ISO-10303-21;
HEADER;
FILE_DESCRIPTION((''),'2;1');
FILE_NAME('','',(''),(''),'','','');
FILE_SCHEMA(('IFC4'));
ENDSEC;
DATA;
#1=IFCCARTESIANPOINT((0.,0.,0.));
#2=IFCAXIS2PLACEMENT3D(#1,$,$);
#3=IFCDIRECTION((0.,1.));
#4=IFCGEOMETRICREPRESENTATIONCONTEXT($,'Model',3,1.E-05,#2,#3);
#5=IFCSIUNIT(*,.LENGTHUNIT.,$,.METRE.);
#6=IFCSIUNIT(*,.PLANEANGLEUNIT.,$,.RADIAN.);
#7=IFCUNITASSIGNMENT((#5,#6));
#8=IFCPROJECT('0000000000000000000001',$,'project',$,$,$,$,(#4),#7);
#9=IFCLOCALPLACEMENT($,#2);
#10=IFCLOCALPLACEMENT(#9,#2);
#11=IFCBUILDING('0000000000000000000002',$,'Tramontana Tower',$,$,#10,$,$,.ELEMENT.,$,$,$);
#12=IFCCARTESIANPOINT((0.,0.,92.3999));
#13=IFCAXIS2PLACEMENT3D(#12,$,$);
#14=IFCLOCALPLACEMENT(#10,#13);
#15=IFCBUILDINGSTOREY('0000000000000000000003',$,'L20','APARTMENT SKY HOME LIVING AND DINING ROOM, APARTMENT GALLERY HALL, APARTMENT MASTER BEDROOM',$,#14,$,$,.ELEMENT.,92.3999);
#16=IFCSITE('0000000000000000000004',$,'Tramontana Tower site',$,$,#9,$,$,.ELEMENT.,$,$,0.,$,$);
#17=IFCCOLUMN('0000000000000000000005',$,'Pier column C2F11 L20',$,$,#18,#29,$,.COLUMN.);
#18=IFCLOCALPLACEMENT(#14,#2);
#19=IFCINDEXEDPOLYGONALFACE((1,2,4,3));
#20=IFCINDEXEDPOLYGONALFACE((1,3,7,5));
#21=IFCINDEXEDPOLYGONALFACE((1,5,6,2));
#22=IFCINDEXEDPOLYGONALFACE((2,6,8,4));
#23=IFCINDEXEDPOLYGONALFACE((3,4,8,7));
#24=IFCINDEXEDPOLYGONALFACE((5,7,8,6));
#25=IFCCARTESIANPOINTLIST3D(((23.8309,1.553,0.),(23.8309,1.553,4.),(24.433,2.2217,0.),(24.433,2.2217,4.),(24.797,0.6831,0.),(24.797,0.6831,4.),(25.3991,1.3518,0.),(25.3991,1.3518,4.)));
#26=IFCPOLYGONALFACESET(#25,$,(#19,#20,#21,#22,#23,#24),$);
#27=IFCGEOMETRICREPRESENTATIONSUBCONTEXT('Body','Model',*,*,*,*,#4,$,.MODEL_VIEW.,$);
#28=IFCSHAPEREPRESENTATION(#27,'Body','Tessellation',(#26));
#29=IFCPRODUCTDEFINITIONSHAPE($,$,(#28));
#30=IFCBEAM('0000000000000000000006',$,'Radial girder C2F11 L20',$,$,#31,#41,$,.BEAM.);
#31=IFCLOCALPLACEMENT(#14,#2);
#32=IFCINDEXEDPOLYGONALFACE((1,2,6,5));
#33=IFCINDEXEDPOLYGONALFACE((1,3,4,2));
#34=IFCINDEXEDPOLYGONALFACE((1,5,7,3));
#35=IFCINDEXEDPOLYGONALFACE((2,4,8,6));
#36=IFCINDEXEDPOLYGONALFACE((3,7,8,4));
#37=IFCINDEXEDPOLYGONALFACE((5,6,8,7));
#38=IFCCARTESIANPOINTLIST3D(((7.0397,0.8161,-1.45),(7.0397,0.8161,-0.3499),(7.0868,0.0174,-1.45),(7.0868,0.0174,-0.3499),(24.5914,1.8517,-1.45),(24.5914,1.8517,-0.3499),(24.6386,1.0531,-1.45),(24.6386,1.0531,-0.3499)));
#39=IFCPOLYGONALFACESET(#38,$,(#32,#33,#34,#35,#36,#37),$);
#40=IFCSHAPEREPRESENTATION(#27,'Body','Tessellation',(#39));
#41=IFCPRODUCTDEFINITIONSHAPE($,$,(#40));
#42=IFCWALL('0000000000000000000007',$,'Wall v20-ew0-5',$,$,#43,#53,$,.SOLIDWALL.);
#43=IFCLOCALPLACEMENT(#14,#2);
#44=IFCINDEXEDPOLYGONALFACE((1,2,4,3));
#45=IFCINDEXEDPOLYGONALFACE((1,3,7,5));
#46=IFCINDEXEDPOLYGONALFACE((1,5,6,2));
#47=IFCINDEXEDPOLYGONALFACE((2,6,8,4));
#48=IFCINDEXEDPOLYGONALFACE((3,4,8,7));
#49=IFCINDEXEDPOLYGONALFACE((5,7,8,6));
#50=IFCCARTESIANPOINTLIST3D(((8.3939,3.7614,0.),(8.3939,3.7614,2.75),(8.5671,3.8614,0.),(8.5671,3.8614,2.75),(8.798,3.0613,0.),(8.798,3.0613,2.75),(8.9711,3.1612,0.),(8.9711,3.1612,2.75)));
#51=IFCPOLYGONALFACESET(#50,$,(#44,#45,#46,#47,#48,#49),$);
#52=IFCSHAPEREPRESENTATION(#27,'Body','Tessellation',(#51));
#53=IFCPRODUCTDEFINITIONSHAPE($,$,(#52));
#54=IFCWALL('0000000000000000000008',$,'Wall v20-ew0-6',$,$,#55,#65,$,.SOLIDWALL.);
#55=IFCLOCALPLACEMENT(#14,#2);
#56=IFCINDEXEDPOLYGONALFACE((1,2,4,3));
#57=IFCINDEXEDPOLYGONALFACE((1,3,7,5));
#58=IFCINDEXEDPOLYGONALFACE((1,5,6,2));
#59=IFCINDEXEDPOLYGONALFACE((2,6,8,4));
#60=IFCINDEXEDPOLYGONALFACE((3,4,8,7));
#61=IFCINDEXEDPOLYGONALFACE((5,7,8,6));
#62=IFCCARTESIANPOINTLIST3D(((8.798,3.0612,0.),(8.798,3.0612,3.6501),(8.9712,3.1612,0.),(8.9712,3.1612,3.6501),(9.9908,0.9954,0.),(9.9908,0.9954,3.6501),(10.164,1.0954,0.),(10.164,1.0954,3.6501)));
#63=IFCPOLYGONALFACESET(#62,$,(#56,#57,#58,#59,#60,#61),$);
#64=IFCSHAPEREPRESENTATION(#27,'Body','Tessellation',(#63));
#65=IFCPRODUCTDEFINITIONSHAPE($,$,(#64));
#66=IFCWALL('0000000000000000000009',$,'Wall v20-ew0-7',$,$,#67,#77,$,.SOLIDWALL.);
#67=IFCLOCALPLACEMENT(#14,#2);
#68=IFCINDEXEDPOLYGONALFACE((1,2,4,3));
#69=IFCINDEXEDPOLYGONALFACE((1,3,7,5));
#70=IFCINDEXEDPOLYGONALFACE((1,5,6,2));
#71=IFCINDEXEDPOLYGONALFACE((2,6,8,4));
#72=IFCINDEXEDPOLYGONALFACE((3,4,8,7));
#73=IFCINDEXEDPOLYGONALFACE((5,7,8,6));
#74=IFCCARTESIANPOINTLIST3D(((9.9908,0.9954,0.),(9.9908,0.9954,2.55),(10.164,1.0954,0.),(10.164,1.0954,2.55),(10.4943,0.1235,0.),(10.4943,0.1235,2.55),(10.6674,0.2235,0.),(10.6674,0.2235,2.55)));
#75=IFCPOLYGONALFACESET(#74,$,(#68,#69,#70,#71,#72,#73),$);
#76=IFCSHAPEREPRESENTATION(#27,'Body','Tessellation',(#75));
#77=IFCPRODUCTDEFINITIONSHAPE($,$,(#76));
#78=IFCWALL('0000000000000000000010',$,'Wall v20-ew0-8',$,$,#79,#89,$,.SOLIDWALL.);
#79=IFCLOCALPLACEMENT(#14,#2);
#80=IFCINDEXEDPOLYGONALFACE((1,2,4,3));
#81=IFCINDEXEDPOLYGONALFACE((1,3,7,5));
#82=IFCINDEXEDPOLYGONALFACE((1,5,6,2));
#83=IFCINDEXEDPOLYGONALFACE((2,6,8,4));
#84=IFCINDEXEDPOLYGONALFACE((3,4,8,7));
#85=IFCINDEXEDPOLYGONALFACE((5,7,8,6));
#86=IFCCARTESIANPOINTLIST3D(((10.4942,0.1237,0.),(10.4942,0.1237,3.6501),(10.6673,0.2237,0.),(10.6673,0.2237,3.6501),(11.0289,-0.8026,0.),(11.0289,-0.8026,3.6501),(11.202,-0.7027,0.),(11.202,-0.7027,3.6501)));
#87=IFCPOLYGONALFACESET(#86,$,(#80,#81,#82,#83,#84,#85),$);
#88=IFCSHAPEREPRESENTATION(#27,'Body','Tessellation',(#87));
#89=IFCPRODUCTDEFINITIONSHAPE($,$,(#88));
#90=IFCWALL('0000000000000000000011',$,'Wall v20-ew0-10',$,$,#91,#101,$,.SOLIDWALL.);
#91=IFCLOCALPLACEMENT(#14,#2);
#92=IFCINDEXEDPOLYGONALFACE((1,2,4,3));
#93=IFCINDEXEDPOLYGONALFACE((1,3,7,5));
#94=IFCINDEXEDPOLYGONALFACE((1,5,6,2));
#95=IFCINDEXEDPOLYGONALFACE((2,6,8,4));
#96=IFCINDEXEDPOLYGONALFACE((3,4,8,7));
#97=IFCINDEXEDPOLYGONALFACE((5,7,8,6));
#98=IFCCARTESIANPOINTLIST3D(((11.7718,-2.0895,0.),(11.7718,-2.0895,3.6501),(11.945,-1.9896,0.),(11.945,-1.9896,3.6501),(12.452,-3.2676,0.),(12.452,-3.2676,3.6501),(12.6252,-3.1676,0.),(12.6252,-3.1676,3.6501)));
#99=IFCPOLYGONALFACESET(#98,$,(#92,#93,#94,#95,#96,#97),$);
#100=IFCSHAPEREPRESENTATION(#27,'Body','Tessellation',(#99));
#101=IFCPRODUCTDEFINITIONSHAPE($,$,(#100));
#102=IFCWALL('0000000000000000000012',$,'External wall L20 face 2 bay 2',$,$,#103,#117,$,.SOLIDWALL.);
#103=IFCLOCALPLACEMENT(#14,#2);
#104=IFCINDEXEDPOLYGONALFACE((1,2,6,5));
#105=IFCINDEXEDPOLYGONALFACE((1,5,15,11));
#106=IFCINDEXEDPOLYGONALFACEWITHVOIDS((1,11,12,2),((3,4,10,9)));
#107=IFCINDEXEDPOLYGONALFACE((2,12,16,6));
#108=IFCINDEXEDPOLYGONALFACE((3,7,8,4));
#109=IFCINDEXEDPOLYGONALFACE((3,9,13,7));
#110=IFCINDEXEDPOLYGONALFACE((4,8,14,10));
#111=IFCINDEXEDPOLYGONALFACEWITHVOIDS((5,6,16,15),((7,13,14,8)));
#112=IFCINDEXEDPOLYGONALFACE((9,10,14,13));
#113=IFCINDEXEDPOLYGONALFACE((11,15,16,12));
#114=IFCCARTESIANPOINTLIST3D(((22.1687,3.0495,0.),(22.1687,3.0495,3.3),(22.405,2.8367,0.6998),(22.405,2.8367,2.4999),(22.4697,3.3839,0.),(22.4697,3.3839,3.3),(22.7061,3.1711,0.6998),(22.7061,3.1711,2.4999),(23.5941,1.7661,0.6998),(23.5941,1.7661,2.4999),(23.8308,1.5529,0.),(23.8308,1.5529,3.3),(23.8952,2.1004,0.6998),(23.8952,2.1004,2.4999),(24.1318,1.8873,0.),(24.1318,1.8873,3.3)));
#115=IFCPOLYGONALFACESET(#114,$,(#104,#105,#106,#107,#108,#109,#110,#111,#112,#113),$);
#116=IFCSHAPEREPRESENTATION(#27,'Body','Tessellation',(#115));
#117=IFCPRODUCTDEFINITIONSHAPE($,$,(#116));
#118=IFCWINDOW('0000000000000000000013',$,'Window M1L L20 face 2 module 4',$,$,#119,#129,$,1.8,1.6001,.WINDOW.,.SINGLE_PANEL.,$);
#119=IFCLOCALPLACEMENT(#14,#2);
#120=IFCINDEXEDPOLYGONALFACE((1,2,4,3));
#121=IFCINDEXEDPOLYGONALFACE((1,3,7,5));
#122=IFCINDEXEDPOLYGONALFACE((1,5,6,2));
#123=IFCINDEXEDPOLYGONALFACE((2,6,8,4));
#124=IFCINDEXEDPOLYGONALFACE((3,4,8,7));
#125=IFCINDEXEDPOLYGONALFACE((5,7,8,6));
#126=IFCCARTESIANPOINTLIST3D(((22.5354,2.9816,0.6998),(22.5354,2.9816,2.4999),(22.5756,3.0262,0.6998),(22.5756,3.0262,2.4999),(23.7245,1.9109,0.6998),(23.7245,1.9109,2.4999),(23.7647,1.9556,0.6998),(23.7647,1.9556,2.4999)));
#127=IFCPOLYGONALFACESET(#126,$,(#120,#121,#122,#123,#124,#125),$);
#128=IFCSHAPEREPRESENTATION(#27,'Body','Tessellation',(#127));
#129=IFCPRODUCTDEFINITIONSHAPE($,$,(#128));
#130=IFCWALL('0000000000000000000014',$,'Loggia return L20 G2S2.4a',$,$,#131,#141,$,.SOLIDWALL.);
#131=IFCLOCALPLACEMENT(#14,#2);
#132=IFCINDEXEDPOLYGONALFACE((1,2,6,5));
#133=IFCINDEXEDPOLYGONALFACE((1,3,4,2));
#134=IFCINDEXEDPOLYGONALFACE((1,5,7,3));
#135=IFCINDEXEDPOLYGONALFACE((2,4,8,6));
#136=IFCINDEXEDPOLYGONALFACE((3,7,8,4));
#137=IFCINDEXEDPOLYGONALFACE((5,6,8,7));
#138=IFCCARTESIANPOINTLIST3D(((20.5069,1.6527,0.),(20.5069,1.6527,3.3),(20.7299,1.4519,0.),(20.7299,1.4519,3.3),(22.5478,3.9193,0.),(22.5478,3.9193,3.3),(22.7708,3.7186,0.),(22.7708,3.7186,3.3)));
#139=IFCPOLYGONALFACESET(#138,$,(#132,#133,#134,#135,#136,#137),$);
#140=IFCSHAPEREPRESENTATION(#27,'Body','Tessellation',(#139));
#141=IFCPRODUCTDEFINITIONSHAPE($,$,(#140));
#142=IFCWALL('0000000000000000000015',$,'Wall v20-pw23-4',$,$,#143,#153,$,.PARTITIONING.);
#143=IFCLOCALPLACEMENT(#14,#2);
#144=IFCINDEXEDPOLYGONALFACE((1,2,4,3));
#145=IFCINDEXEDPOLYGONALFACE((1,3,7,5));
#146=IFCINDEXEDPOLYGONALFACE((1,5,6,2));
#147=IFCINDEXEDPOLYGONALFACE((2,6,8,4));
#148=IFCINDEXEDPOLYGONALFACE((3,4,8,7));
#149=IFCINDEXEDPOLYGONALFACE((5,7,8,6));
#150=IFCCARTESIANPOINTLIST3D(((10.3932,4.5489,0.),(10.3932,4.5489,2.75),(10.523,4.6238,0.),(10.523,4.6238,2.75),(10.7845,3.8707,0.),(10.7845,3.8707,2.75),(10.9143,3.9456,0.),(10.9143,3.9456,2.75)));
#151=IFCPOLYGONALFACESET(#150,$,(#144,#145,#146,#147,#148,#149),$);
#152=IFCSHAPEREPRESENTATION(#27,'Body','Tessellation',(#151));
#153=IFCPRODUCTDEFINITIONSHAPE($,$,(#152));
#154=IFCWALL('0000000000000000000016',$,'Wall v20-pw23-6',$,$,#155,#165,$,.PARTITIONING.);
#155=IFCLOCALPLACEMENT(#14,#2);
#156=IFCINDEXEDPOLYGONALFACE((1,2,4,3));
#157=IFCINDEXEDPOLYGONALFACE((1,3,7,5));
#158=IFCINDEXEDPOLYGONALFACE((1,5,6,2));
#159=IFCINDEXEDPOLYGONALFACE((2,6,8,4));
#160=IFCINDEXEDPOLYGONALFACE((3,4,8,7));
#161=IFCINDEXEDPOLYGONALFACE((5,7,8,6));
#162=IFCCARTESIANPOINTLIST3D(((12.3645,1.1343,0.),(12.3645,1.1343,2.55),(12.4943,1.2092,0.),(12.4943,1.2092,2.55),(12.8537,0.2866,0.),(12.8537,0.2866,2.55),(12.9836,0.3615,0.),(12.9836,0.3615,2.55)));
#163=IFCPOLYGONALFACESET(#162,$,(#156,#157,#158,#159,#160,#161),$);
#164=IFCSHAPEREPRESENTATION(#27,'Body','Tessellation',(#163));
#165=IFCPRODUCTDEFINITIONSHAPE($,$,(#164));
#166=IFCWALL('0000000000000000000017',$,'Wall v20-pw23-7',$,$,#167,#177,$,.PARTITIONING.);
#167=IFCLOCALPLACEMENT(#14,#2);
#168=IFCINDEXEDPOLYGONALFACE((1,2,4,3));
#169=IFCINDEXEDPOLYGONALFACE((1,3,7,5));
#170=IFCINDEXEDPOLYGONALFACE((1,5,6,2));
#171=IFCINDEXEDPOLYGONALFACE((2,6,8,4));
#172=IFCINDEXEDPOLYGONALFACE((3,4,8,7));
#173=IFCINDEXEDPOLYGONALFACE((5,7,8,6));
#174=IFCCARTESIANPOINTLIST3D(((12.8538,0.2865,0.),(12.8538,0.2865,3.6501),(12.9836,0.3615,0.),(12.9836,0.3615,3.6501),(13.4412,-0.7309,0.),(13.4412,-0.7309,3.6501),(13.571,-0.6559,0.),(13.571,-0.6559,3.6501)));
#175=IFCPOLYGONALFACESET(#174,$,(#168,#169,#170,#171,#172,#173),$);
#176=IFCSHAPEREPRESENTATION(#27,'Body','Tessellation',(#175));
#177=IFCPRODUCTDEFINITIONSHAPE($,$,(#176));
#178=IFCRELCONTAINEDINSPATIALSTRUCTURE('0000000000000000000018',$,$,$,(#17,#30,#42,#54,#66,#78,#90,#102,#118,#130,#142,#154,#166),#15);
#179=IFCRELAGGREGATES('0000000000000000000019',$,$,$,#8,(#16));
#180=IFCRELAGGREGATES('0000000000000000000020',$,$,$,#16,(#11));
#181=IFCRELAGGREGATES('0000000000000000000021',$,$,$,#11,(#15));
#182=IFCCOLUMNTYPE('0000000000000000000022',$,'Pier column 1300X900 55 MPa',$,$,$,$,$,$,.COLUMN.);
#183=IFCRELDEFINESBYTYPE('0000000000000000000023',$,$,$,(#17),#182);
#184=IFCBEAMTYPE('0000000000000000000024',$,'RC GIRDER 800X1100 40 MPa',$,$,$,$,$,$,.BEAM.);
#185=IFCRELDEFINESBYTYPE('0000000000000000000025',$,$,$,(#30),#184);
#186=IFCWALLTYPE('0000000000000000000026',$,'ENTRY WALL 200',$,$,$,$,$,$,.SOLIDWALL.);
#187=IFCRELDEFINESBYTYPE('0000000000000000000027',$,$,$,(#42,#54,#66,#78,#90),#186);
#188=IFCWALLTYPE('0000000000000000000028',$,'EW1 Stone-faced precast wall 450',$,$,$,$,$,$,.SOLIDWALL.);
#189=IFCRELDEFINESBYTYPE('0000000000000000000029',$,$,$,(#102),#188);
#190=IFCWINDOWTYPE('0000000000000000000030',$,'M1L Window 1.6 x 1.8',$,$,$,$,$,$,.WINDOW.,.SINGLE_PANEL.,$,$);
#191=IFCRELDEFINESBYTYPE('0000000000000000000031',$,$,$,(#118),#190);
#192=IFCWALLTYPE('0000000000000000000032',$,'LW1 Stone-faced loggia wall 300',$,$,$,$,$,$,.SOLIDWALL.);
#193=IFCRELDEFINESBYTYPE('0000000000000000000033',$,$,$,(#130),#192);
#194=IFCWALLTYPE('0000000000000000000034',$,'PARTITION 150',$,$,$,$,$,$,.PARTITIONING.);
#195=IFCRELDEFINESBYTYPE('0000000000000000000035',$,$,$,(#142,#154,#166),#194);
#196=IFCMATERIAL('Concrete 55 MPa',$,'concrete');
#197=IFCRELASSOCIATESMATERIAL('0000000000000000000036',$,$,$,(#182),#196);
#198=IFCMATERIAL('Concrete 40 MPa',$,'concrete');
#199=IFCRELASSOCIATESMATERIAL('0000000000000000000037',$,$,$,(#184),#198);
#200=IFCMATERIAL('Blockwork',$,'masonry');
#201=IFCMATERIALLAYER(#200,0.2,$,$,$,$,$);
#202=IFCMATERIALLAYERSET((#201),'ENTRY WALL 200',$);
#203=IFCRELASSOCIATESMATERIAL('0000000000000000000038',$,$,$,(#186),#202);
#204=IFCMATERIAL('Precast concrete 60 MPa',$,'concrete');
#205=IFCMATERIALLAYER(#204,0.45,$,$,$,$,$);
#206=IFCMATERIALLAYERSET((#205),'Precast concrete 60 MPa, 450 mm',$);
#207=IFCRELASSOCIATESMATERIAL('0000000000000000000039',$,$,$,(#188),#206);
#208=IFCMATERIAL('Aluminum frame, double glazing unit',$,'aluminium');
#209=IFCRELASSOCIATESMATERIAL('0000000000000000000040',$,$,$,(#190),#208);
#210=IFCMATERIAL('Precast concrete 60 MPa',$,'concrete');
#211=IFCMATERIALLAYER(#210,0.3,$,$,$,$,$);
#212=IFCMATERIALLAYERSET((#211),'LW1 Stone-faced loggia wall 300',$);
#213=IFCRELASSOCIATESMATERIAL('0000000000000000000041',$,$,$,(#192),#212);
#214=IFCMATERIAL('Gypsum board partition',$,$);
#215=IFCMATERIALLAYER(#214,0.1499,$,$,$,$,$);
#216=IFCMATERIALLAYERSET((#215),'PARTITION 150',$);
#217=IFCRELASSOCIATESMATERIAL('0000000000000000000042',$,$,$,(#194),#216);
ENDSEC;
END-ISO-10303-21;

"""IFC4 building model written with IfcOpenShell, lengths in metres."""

from ifc_helpers import new_model, si_unit, direction, frame, frame_2d, origin, origin_2d, place, context, subcontext, project, spatial, rectangle, extrude, material, layer, layer_set, material_profile, profile_set, type_object, element, fill, save


model = new_model("IFC4")

# Units and contexts
model_context = context("Model", 3, precision=1e-05, world=origin(), true_north=direction((0.0, 1.0)))
body_context = subcontext(model_context, "Body", "Model", "MODEL_VIEW")
ifc_project = project(units=[si_unit("LENGTHUNIT", "METRE"), si_unit("PLANEANGLEUNIT", "RADIAN")], contexts=[model_context])

# Site, building, storey
site_placement = place(None, origin())
site = spatial("IfcSite", under=ifc_project, at=site_placement, Name="Tramontana Tower site", CompositionType="ELEMENT", RefElevation=0.0)
building_placement = place(site_placement, origin())
building = spatial("IfcBuilding", under=site, at=building_placement, Name="Tramontana Tower", CompositionType="ELEMENT")
storey_placement = place(building_placement, frame((0.0, 0.0, 92.3999)))
storey = spatial("IfcBuildingStorey", under=building, at=storey_placement, Name="L20", Description="APARTMENT SKY HOME LIVING AND DINING ROOM, APARTMENT GALLERY HALL, APARTMENT MASTER BEDROOM", CompositionType="ELEMENT", Elevation=92.3999)

# Column
ifc_material_1 = material(Name="Concrete 55 MPa", Category="concrete")
ifc_material_profile_1 = material_profile(ifc_material_1, rectangle(XDim=1.3, YDim=0.8999, at=origin_2d()), Name="Pier column 1300X900 55 MPa")
ifc_profile_set_1 = profile_set([ifc_material_profile_1], Name="Concrete 55 MPa")
column_type = type_object("IfcColumnType", Name="Pier column 1300X900 55 MPa", PredefinedType="COLUMN", material=ifc_profile_set_1)
column_placement = place(storey_placement, frame((24.615, 1.4524, 0.0), z_axis=(0.0, 0.0, 1.0), x_axis=(-0.743145, 0.669131, 0.0)))
element("IfcColumn", 1, at=column_placement, inside=storey, type_object=column_type, Name="Pier column C2F11 L20", PredefinedType="COLUMN", context=body_context, shape_type="SweptSolid", body=[
    extrude(rectangle(XDim=1.3, YDim=0.8999, at=origin_2d()), origin(), (0.0, 0.0, 1.0), 4.0),
])

# Beam
ifc_material_2 = material(Name="Concrete 40 MPa", Category="concrete")
ifc_material_profile_2 = material_profile(ifc_material_2, rectangle(XDim=0.8, YDim=1.1001, at=origin_2d()), Name="RC GIRDER 800X1100 40 MPa")
ifc_profile_set_2 = profile_set([ifc_material_profile_2], Name="Concrete 40 MPa")
beam_type = type_object("IfcBeamType", Name="RC GIRDER 800X1100 40 MPa", PredefinedType="BEAM", material=ifc_profile_set_2)
beam_placement = place(storey_placement, frame((24.615, 1.4524, -0.8999), z_axis=(-0.998264, -0.058903, 0.0), x_axis=(0.058903, -0.998264, 0.0)))
element("IfcBeam", 2, at=beam_placement, inside=storey, type_object=beam_type, Name="Radial girder C2F11 L20", PredefinedType="BEAM", context=body_context, shape_type="SweptSolid", body=[
    extrude(rectangle(XDim=0.8, YDim=1.1001, at=origin_2d()), origin(), (0.0, 0.0, 1.0), 17.5823),
])

# Walls
ifc_material_3 = material(Name="Blockwork", Category="masonry")
ifc_layer_1 = layer(ifc_material_3, 0.2)
ifc_layer_set_1 = layer_set([ifc_layer_1], Name="ENTRY WALL 200")
wall_type_1 = type_object("IfcWallType", Name="ENTRY WALL 200", PredefinedType="SOLIDWALL", material=ifc_layer_set_1)
wall_1_placement = place(storey_placement, frame((8.4805, 3.8115, 0.0), z_axis=(0.0, 0.0, 1.0), x_axis=(0.49981, -0.866135, 0.0)))
element("IfcWall", 3, at=wall_1_placement, inside=storey, type_object=wall_type_1, Name="Wall v20-ew0-5", PredefinedType="SOLIDWALL", context=body_context, shape_type="SweptSolid", body=[
    extrude(rectangle(XDim=0.8083, YDim=0.2, at=frame_2d((0.4043, 0.0))), origin(), (0.0, 0.0, 1.0), 2.75),
])
wall_2_placement = place(storey_placement, frame((8.8845, 3.1113, 0.0), z_axis=(0.0, 0.0, 1.0), x_axis=(0.500035, -0.866005, 0.0)))
element("IfcWall", 4, at=wall_2_placement, inside=storey, type_object=wall_type_1, Name="Wall v20-ew0-6", PredefinedType="SOLIDWALL", context=body_context, shape_type="SweptSolid", body=[
    extrude(rectangle(XDim=2.3855, YDim=0.2, at=frame_2d((1.1929, 0.0))), origin(), (0.0, 0.0, 1.0), 3.6501),
])
wall_3_placement = place(storey_placement, frame((10.0774, 1.0454, 0.0), z_axis=(0.0, 0.0, 1.0), x_axis=(0.500051, -0.865996, 0.0)))
element("IfcWall", 5, at=wall_3_placement, inside=storey, type_object=wall_type_1, Name="Wall v20-ew0-7", PredefinedType="SOLIDWALL", context=body_context, shape_type="SweptSolid", body=[
    extrude(rectangle(XDim=1.0068, YDim=0.2, at=frame_2d((0.5034, 0.0))), origin(), (0.0, 0.0, 1.0), 2.55),
])
wall_4_placement = place(storey_placement, frame((10.5808, 0.1736, 0.0), z_axis=(0.0, 0.0, 1.0), x_axis=(0.49992, -0.866072, 0.0)))
element("IfcWall", 6, at=wall_4_placement, inside=storey, type_object=wall_type_1, Name="Wall v20-ew0-8", PredefinedType="SOLIDWALL", context=body_context, shape_type="SweptSolid", body=[
    extrude(rectangle(XDim=1.0696, YDim=0.2, at=frame_2d((0.5347, 0.0))), origin(), (0.0, 0.0, 1.0), 3.6501),
])

# Wall
wall_5_placement = place(storey_placement, frame((11.8584, -2.0396, 0.0), z_axis=(0.0, 0.0, 1.0), x_axis=(0.500038, -0.866003, 0.0)))
element("IfcWall", 7, at=wall_5_placement, inside=storey, type_object=wall_type_1, Name="Wall v20-ew0-10", PredefinedType="SOLIDWALL", context=body_context, shape_type="SweptSolid", body=[
    extrude(rectangle(XDim=1.3604, YDim=0.2, at=frame_2d((0.6802, 0.0))), origin(), (0.0, 0.0, 1.0), 3.6501),
])

# Wall, opening, window
ifc_material_4 = material(Name="Precast concrete 60 MPa", Category="concrete")
ifc_layer_2 = layer(ifc_material_4, 0.45)
ifc_layer_set_2 = layer_set([ifc_layer_2], Name="Precast concrete 60 MPa, 450 mm")
wall_type_2 = type_object("IfcWallType", Name="EW1 Stone-faced precast wall 450", PredefinedType="SOLIDWALL", material=ifc_layer_set_2)
wall_6_placement = place(storey_placement, frame((23.9812, 1.7202, 0.0), z_axis=(0.0, 0.0, 1.0), x_axis=(-0.743142, 0.669134, 0.0)))
wall_6 = element("IfcWall", 8, at=wall_6_placement, inside=storey, type_object=wall_type_2, Name="External wall L20 face 2 bay 2", PredefinedType="SOLIDWALL", context=body_context, shape_type="SweptSolid", body=[
    extrude(rectangle(XDim=2.2366, YDim=0.45, at=frame_2d((1.1182, 0.0))), origin(), (0.0, 0.0, 1.0), 3.3),
])
opening_1_placement = place(wall_6_placement, frame((0.3184, 0.0, 0.7)))
opening_1 = element("IfcOpeningElement", 9, at=opening_1_placement, cuts=wall_6, PredefinedType="OPENING", context=body_context, shape_type="SweptSolid", body=[
    extrude(rectangle(XDim=1.6001, YDim=1.8, at=frame_2d((0.8, 0.8999))), frame((0.0, 0.2349, 0.0), z_axis=(0.0, -1.0, 0.0), x_axis=(1.0, 0.0, 0.0)), (0.0, 0.0, 1.0), 0.47),
])
ifc_material_5 = material(Name="Aluminum frame, double glazing unit", Category="aluminium")
window_type = type_object("IfcWindowType", Name="M1L Window 1.6 x 1.8", PartitioningType="SINGLE_PANEL", PredefinedType="WINDOW", material=ifc_material_5)
window_placement = place(opening_1_placement, origin())
window = element("IfcWindow", 10, at=window_placement, inside=storey, type_object=window_type, Name="Window M1L L20 face 2 module 4", OverallHeight=1.8, OverallWidth=1.6001, PartitioningType="SINGLE_PANEL", PredefinedType="WINDOW", context=body_context, shape_type="SweptSolid", body=[
    extrude(rectangle(XDim=1.6001, YDim=1.8, at=frame_2d((0.8, 0.8999))), frame((0.0, 0.03, 0.0), z_axis=(0.0, -1.0, 0.0), x_axis=(1.0, 0.0, 0.0)), (0.0, 0.0, 1.0), 0.0601),
])
fill(opening_1, window)

# Shared definitions
ifc_material_6 = material(Name="Precast concrete 60 MPa", Category="concrete")
ifc_layer_3 = layer(ifc_material_6, 0.3)
ifc_layer_set_3 = layer_set([ifc_layer_3], Name="LW1 Stone-faced loggia wall 300")
wall_type_3 = type_object("IfcWallType", Name="LW1 Stone-faced loggia wall 300", PredefinedType="SOLIDWALL", material=ifc_layer_set_3)

# Walls
wall_7_placement = place(storey_placement, frame((22.6592, 3.8188, 0.0), z_axis=(0.0, 0.0, 1.0), x_axis=(-0.669115, -0.743159, 0.0)))
element("IfcWall", 11, at=wall_7_placement, inside=storey, type_object=wall_type_3, Name="Loggia return L20 G2S2.4a", PredefinedType="SOLIDWALL", context=body_context, shape_type="SweptSolid", body=[
    extrude(rectangle(XDim=3.05, YDim=0.3, at=frame_2d((1.5249, 0.0))), origin(), (0.0, 0.0, 1.0), 3.3),
])
ifc_material_7 = material(Name="Gypsum board partition")
ifc_layer_4 = layer(ifc_material_7, 0.1499)
ifc_layer_set_4 = layer_set([ifc_layer_4], Name="PARTITION 150")
wall_type_4 = type_object("IfcWallType", Name="PARTITION 150", PredefinedType="PARTITIONING", material=ifc_layer_set_4)
wall_8_placement = place(storey_placement, frame((10.458, 4.5864, 0.0), z_axis=(0.0, 0.0, 1.0), x_axis=(0.499794, -0.866144, 0.0)))
element("IfcWall", 12, at=wall_8_placement, inside=storey, type_object=wall_type_4, Name="Wall v20-pw23-4", PredefinedType="PARTITIONING", context=body_context, shape_type="SweptSolid", body=[
    extrude(rectangle(XDim=0.783, YDim=0.1499, at=frame_2d((0.3916, 0.0))), origin(), (0.0, 0.0, 1.0), 2.75),
])

# Walls
wall_9_placement = place(storey_placement, frame((12.4294, 1.1716, 0.0), z_axis=(0.0, 0.0, 1.0), x_axis=(0.499895, -0.866086, 0.0)))
element("IfcWall", 13, at=wall_9_placement, inside=storey, type_object=wall_type_4, Name="Wall v20-pw23-6", PredefinedType="PARTITIONING", context=body_context, shape_type="SweptSolid", body=[
    extrude(rectangle(XDim=0.9788, YDim=0.1499, at=frame_2d((0.4893, 0.0))), origin(), (0.0, 0.0, 1.0), 2.55),
])
wall_10_placement = place(storey_placement, frame((12.9187, 0.324, 0.0), z_axis=(0.0, 0.0, 1.0), x_axis=(0.500028, -0.866009, 0.0)))
element("IfcWall", 14, at=wall_10_placement, inside=storey, type_object=wall_type_4, Name="Wall v20-pw23-7", PredefinedType="PARTITIONING", context=body_context, shape_type="SweptSolid", body=[
    extrude(rectangle(XDim=1.1748, YDim=0.1499, at=frame_2d((0.5874, 0.0))), origin(), (0.0, 0.0, 1.0), 3.6501),
])

save(model, "model.ifc")
